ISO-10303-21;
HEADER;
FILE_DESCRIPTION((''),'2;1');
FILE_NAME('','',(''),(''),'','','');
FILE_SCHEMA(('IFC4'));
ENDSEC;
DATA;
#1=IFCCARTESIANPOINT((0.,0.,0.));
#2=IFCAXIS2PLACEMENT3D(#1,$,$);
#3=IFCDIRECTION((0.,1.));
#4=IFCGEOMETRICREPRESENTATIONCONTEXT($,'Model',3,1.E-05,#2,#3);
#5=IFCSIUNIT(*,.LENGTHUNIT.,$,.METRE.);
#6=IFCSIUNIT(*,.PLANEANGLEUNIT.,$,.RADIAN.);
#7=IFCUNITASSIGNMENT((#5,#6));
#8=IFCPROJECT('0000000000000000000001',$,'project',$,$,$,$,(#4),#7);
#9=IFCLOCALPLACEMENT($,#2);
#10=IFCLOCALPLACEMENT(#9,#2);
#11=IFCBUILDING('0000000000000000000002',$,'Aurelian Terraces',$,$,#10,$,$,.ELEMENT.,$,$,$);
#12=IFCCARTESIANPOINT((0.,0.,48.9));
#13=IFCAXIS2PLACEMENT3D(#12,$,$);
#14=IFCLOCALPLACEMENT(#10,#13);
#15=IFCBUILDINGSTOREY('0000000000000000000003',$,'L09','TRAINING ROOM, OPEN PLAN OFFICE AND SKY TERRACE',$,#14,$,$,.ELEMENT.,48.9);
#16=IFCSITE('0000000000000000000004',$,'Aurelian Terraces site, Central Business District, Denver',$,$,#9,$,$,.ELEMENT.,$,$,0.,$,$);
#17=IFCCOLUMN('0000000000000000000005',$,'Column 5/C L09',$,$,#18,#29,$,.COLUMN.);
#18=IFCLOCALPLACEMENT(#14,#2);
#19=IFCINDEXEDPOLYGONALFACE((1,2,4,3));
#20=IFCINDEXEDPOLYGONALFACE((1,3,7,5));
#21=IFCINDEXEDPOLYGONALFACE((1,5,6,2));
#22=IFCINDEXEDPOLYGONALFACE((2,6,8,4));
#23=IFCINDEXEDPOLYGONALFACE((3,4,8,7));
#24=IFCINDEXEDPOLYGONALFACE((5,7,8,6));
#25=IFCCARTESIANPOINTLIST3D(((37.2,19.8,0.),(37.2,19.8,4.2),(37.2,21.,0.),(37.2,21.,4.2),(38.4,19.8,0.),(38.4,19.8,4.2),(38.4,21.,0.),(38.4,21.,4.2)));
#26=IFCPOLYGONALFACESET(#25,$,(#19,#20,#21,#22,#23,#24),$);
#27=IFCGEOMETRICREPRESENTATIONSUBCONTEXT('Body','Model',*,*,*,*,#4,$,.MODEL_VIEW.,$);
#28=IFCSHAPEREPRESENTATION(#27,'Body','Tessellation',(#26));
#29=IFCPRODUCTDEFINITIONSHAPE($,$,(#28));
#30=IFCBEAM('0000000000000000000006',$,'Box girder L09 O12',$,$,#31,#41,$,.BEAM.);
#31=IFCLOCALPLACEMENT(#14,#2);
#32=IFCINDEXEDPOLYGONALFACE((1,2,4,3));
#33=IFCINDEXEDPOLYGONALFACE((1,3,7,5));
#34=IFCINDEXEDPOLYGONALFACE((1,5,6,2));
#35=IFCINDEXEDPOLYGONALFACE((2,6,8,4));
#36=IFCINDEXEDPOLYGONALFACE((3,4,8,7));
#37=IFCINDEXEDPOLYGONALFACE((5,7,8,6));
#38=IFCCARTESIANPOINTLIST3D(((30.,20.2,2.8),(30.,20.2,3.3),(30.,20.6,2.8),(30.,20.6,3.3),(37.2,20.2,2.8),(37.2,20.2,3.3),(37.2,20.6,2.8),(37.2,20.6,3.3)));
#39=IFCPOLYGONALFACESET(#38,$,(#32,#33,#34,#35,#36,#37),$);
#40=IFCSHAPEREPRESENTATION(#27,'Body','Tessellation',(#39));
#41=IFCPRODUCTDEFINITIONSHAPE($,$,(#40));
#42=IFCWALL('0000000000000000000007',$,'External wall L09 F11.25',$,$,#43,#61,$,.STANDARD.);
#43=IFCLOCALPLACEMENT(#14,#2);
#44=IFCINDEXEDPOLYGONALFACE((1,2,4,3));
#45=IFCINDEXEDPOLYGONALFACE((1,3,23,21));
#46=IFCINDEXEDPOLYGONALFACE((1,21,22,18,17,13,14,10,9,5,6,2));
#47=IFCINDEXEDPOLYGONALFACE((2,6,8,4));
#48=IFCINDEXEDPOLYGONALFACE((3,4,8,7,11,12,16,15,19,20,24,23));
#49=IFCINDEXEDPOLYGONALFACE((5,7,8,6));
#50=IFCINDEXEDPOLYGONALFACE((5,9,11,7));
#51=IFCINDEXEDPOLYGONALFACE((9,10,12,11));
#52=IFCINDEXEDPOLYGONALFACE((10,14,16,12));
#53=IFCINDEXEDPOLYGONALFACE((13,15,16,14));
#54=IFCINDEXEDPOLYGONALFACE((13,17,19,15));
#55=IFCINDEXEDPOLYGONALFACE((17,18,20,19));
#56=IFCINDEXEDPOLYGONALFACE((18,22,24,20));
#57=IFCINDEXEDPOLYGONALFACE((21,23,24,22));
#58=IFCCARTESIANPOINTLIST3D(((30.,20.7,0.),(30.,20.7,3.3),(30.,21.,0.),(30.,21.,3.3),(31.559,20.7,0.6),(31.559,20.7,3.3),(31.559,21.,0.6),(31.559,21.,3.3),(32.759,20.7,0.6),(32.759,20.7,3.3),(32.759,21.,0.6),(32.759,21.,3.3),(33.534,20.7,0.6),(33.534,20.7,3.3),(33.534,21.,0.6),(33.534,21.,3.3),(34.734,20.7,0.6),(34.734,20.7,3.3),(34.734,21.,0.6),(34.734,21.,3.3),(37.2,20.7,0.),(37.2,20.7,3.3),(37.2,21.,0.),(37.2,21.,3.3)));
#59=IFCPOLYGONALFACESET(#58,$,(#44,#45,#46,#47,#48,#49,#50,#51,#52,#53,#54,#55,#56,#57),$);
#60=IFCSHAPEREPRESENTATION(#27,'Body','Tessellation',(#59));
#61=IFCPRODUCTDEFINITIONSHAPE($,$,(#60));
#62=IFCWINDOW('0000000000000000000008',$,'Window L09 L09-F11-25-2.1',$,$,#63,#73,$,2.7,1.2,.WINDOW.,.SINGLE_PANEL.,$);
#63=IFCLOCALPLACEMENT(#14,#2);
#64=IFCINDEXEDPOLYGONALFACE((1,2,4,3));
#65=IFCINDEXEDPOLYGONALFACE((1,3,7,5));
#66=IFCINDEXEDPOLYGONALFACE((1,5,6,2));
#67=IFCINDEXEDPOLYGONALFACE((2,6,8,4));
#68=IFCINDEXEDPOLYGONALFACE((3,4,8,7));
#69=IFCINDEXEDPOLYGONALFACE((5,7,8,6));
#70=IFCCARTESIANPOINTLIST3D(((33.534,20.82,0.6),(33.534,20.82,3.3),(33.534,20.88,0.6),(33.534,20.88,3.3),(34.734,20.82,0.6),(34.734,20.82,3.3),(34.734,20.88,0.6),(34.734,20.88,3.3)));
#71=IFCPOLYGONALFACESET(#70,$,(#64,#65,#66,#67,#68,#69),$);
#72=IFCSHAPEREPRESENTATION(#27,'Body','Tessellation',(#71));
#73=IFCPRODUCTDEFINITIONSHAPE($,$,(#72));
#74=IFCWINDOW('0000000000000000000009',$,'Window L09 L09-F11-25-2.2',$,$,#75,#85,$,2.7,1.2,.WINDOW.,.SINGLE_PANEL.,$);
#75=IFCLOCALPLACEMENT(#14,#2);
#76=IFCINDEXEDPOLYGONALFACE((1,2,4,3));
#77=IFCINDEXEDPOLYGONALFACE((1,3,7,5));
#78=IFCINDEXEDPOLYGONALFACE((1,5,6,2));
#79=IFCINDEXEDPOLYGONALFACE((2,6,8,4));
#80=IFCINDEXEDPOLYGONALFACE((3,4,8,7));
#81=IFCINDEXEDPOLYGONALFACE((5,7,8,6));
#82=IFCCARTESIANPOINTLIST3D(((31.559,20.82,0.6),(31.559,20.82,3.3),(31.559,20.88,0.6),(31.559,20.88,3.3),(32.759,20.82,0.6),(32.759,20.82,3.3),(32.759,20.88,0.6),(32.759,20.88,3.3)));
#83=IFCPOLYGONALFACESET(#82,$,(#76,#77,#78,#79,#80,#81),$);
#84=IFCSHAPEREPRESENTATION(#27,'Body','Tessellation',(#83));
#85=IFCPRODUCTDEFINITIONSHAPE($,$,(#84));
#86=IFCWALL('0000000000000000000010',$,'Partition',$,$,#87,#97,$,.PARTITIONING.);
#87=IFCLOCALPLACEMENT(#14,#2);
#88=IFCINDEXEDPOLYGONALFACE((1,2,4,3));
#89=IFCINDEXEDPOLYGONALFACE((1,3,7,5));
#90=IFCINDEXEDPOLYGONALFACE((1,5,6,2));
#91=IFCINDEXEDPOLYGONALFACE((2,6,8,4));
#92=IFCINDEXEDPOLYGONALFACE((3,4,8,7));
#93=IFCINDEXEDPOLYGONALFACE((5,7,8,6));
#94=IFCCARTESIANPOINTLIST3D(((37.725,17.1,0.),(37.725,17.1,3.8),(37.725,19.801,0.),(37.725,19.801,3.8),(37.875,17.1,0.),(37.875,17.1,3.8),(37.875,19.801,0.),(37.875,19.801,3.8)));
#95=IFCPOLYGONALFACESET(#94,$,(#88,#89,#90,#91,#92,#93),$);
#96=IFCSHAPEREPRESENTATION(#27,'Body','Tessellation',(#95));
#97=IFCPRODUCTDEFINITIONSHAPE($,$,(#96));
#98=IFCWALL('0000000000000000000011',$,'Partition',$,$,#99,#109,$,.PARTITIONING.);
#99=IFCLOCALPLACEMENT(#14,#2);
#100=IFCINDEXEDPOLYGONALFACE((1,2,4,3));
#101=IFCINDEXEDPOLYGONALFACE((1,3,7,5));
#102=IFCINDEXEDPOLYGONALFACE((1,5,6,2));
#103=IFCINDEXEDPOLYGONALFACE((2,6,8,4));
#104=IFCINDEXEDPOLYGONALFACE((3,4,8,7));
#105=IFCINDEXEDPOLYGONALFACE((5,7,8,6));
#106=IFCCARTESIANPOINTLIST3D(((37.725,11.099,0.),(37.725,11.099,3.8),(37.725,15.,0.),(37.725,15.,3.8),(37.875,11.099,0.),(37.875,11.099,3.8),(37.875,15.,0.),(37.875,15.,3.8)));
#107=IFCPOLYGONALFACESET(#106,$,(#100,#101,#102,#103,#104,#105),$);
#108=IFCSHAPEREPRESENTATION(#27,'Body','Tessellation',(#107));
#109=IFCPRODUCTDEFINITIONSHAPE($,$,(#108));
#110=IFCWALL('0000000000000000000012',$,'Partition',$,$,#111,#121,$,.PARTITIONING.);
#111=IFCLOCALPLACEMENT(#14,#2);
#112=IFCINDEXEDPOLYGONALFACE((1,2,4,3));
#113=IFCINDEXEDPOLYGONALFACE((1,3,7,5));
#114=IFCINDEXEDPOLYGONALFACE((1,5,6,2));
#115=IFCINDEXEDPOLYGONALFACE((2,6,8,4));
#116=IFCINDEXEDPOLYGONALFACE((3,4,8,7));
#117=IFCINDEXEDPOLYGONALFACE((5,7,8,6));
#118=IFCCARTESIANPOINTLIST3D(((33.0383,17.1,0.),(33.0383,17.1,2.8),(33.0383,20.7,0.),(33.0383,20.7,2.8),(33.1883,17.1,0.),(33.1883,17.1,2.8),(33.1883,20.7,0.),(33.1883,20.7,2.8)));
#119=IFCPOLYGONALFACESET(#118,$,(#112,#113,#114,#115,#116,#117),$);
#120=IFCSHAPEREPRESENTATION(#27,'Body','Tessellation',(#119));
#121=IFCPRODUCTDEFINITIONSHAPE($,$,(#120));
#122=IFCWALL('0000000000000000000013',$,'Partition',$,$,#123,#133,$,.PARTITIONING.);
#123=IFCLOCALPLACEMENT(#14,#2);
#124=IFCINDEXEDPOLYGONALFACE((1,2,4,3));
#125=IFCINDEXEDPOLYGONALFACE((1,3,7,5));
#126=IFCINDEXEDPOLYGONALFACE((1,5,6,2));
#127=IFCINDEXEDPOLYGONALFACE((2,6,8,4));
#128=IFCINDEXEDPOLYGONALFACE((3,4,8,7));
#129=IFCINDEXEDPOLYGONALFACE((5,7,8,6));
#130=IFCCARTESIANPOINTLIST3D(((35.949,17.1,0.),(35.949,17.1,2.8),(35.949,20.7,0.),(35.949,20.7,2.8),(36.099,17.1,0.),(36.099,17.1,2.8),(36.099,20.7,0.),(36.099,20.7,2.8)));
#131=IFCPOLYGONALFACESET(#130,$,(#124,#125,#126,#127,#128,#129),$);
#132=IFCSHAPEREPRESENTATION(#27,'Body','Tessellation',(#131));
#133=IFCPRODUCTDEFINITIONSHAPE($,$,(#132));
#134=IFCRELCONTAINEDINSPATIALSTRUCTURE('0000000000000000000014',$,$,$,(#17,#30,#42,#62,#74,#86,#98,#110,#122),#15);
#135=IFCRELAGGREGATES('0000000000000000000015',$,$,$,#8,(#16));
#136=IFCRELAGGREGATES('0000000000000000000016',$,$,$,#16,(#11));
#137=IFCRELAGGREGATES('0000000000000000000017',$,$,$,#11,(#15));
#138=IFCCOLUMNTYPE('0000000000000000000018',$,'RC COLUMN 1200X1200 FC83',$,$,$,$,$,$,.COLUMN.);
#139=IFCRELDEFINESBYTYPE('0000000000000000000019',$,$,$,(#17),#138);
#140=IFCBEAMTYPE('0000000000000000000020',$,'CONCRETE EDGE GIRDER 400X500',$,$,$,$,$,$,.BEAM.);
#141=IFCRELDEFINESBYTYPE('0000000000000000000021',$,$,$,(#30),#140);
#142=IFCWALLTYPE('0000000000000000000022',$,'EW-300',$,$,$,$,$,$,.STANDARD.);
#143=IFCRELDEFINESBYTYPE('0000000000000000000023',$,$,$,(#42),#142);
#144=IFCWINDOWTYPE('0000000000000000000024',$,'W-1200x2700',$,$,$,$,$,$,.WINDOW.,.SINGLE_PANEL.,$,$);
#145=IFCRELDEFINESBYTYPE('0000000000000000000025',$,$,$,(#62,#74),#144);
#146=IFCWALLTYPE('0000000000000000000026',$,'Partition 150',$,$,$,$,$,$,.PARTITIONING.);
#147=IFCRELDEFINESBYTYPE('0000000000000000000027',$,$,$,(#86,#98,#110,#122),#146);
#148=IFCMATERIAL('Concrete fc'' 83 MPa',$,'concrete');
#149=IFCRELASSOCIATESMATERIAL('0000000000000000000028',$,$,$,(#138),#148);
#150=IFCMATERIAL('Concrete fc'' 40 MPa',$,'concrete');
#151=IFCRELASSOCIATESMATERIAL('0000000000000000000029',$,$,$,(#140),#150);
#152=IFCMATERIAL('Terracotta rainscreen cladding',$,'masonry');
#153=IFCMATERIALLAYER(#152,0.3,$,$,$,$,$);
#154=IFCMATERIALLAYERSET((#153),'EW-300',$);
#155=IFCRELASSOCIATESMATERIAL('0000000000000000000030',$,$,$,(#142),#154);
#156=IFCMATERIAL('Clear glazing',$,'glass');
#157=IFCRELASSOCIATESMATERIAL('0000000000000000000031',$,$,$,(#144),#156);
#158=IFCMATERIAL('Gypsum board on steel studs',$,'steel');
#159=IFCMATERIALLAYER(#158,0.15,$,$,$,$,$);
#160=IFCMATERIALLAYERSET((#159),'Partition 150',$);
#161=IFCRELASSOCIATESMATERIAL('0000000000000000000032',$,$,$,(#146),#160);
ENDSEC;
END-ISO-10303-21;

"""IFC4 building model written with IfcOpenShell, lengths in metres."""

from ifc_helpers import new_model, si_unit, direction, frame, frame_2d, origin, origin_2d, place, context, subcontext, project, spatial, rectangle, extrude, source, transform, mapped, material, layer, layer_set, material_profile, profile_set, type_object, element, fill, save


model = new_model("IFC4")

# Units and contexts
model_context = context("Model", 3, precision=1e-05, world=origin(), true_north=direction((0.0, 1.0)))
body_context = subcontext(model_context, "Body", "Model", "MODEL_VIEW")
ifc_project = project(units=[si_unit("LENGTHUNIT", "METRE"), si_unit("PLANEANGLEUNIT", "RADIAN")], contexts=[model_context])

# Site, building, storey
site_placement = place(None, origin())
site = spatial("IfcSite", under=ifc_project, at=site_placement, Name="Aurelian Terraces site, Central Business District, Denver", CompositionType="ELEMENT", RefElevation=0.0)
building_placement = place(site_placement, origin())
building = spatial("IfcBuilding", under=site, at=building_placement, Name="Aurelian Terraces", CompositionType="ELEMENT")
storey_placement = place(building_placement, frame((0.0, 0.0, 48.9)))
storey = spatial("IfcBuildingStorey", under=building, at=storey_placement, Name="L09", Description="TRAINING ROOM, OPEN PLAN OFFICE AND SKY TERRACE", CompositionType="ELEMENT", Elevation=48.9)

# Column
ifc_material_1 = material(Name="Concrete fc' 83 MPa", Category="concrete")
ifc_material_profile_1 = material_profile(ifc_material_1, rectangle(XDim=1.2, YDim=1.2, at=origin_2d()))
ifc_profile_set_1 = profile_set([ifc_material_profile_1], Name="Concrete fc' 83 MPa")
column_type = type_object("IfcColumnType", Name="RC COLUMN 1200X1200 FC83", PredefinedType="COLUMN", material=ifc_profile_set_1)
shared_shape_1 = source(origin(), body_context, "Body", "SweptSolid", [
    extrude(rectangle(XDim=1.2, YDim=1.2, at=origin_2d()), origin(), (0.0, 0.0, 1.0), 4.2),
])
column_placement = place(storey_placement, frame((37.8, 20.4, 0.0), z_axis=(0.0, 0.0, 1.0), x_axis=(1.0, 0.0, 0.0)))
element("IfcColumn", 1, at=column_placement, inside=storey, type_object=column_type, Name="Column 5/C L09", PredefinedType="COLUMN", context=body_context, shape_type="MappedRepresentation", body=[
    mapped(shared_shape_1, transform((0.0, 0.0, 0.0), scale=1.0)),
])

# Beam
ifc_material_2 = material(Name="Concrete fc' 40 MPa", Category="concrete")
ifc_material_profile_2 = material_profile(ifc_material_2, rectangle(XDim=0.4, YDim=0.5, at=origin_2d()))
ifc_profile_set_2 = profile_set([ifc_material_profile_2], Name="Concrete fc' 40 MPa")
beam_type = type_object("IfcBeamType", Name="CONCRETE EDGE GIRDER 400X500", PredefinedType="BEAM", material=ifc_profile_set_2)
shared_shape_2 = source(origin(), body_context, "Body", "SweptSolid", [
    extrude(rectangle(XDim=0.4, YDim=0.5, at=origin_2d()), origin(), (0.0, 0.0, 1.0), 7.2),
])
beam_placement = place(storey_placement, frame((30.0, 20.4, 3.05), z_axis=(1.0, 0.0, 0.0), x_axis=(0.0, 1.0, 0.0)))
element("IfcBeam", 2, at=beam_placement, inside=storey, type_object=beam_type, Name="Box girder L09 O12", PredefinedType="BEAM", context=body_context, shape_type="MappedRepresentation", body=[
    mapped(shared_shape_2, transform((0.0, 0.0, 0.0), scale=1.0)),
])

# Wall, openings, windows
ifc_material_3 = material(Name="Terracotta rainscreen cladding", Category="masonry")
ifc_layer_1 = layer(ifc_material_3, 0.3)
ifc_layer_set_1 = layer_set([ifc_layer_1], Name="EW-300")
wall_type_1 = type_object("IfcWallType", Name="EW-300", PredefinedType="STANDARD", material=ifc_layer_set_1)
shared_shape_3 = source(origin(), body_context, "Body", "SweptSolid", [
    extrude(rectangle(XDim=7.2, YDim=0.3, at=frame_2d((3.6, 0.0))), origin(), (0.0, 0.0, 1.0), 3.3),
])
wall_1_placement = place(storey_placement, frame((37.2, 20.85, 0.0), z_axis=(0.0, 0.0, 1.0), x_axis=(-1.0, 0.0, 0.0)))
wall_1 = element("IfcWall", 3, at=wall_1_placement, inside=storey, type_object=wall_type_1, Name="External wall L09 F11.25", PredefinedType="STANDARD", context=body_context, shape_type="MappedRepresentation", body=[
    mapped(shared_shape_3, transform((0.0, 0.0, 0.0), scale=1.0)),
])
shared_shape_4 = source(origin(), body_context, "Body", "SweptSolid", [
    extrude(rectangle(XDim=1.2, YDim=2.7, at=frame_2d((0.6, 1.35))), frame((0.0, 0.16, 0.0), z_axis=(0.0, -1.0, 0.0), x_axis=(1.0, 0.0, 0.0)), (0.0, 0.0, 1.0), 0.32),
])
opening_1_placement = place(wall_1_placement, frame((2.466, 0.0, 0.6)))
opening_1 = element("IfcOpeningElement", 4, at=opening_1_placement, cuts=wall_1, PredefinedType="OPENING", context=body_context, shape_type="MappedRepresentation", body=[
    mapped(shared_shape_4, transform((0.0, 0.0, 0.0), scale=1.0)),
])
opening_2_placement = place(wall_1_placement, frame((4.441, 0.0, 0.6)))
opening_2 = element("IfcOpeningElement", 5, at=opening_2_placement, cuts=wall_1, PredefinedType="OPENING", context=body_context, shape_type="MappedRepresentation", body=[
    mapped(shared_shape_4, transform((0.0, 0.0, 0.0), scale=1.0)),
])
ifc_material_4 = material(Name="Clear glazing", Category="glass")
window_type = type_object("IfcWindowType", Name="W-1200x2700", PartitioningType="SINGLE_PANEL", PredefinedType="WINDOW", material=ifc_material_4)
shared_shape_5 = source(origin(), body_context, "Body", "SweptSolid", [
    extrude(rectangle(XDim=1.2, YDim=2.7, at=frame_2d((0.6, 1.35))), frame((0.0, 0.03, 0.0), z_axis=(0.0, -1.0, 0.0), x_axis=(1.0, 0.0, 0.0)), (0.0, 0.0, 1.0), 0.06),
])
window_1_placement = place(opening_1_placement, origin())
window_1 = element("IfcWindow", 6, at=window_1_placement, inside=storey, type_object=window_type, Name="Window L09 L09-F11-25-2.1", OverallHeight=2.7, OverallWidth=1.2, PartitioningType="SINGLE_PANEL", PredefinedType="WINDOW", context=body_context, shape_type="MappedRepresentation", body=[
    mapped(shared_shape_5, transform((0.0, 0.0, 0.0), scale=1.0)),
])
fill(opening_1, window_1)
window_2_placement = place(opening_2_placement, origin())
window_2 = element("IfcWindow", 7, at=window_2_placement, inside=storey, type_object=window_type, Name="Window L09 L09-F11-25-2.2", OverallHeight=2.7, OverallWidth=1.2, PartitioningType="SINGLE_PANEL", PredefinedType="WINDOW", context=body_context, shape_type="MappedRepresentation", body=[
    mapped(shared_shape_5, transform((0.0, 0.0, 0.0), scale=1.0)),
])
fill(opening_2, window_2)

# Walls
ifc_material_5 = material(Name="Gypsum board on steel studs", Category="steel")
ifc_layer_2 = layer(ifc_material_5, 0.15)
ifc_layer_set_2 = layer_set([ifc_layer_2], Name="Partition 150")
wall_type_2 = type_object("IfcWallType", Name="Partition 150", PredefinedType="PARTITIONING", material=ifc_layer_set_2)
shared_shape_6 = source(origin(), body_context, "Body", "SweptSolid", [
    extrude(rectangle(XDim=2.701, YDim=0.15, at=frame_2d((1.3505, 0.0))), origin(), (0.0, 0.0, 1.0), 3.8),
])
wall_2_placement = place(storey_placement, frame((37.8, 17.1, 0.0), z_axis=(0.0, 0.0, 1.0), x_axis=(0.0, 1.0, 0.0)))
element("IfcWall", 8, at=wall_2_placement, inside=storey, type_object=wall_type_2, Name="Partition", PredefinedType="PARTITIONING", context=body_context, shape_type="MappedRepresentation", body=[
    mapped(shared_shape_6, transform((0.0, 0.0, 0.0), scale=1.0)),
])
shared_shape_7 = source(origin(), body_context, "Body", "SweptSolid", [
    extrude(rectangle(XDim=3.901, YDim=0.15, at=frame_2d((1.9505, 0.0))), origin(), (0.0, 0.0, 1.0), 3.8),
])
wall_3_placement = place(storey_placement, frame((37.8, 11.099, 0.0), z_axis=(0.0, 0.0, 1.0), x_axis=(0.0, 1.0, 0.0)))
element("IfcWall", 9, at=wall_3_placement, inside=storey, type_object=wall_type_2, Name="Partition", PredefinedType="PARTITIONING", context=body_context, shape_type="MappedRepresentation", body=[
    mapped(shared_shape_7, transform((0.0, 0.0, 0.0), scale=1.0)),
])
shared_shape_8 = source(origin(), body_context, "Body", "SweptSolid", [
    extrude(rectangle(XDim=3.6, YDim=0.15, at=frame_2d((1.8, 0.0))), origin(), (0.0, 0.0, 1.0), 2.8),
])
for number, where, z_axis, x_axis, name in (
    (10, (33.1133, 20.7, 0.0), (0.0, 0.0, 1.0), (0.0, -1.0, 0.0), "Partition"),
    (11, (36.024, 20.7, 0.0), (0.0, 0.0, 1.0), (0.0, -1.0, 0.0), "Partition"),
):
    element("IfcWall", number, at=place(storey_placement, frame(where, z_axis=z_axis, x_axis=x_axis)), inside=storey, type_object=wall_type_2, Name=name, PredefinedType="PARTITIONING", context=body_context, shape_type="MappedRepresentation", body=[
        mapped(shared_shape_8, transform((0.0, 0.0, 0.0), scale=1.0)),
    ])

save(model, "model.ifc")
